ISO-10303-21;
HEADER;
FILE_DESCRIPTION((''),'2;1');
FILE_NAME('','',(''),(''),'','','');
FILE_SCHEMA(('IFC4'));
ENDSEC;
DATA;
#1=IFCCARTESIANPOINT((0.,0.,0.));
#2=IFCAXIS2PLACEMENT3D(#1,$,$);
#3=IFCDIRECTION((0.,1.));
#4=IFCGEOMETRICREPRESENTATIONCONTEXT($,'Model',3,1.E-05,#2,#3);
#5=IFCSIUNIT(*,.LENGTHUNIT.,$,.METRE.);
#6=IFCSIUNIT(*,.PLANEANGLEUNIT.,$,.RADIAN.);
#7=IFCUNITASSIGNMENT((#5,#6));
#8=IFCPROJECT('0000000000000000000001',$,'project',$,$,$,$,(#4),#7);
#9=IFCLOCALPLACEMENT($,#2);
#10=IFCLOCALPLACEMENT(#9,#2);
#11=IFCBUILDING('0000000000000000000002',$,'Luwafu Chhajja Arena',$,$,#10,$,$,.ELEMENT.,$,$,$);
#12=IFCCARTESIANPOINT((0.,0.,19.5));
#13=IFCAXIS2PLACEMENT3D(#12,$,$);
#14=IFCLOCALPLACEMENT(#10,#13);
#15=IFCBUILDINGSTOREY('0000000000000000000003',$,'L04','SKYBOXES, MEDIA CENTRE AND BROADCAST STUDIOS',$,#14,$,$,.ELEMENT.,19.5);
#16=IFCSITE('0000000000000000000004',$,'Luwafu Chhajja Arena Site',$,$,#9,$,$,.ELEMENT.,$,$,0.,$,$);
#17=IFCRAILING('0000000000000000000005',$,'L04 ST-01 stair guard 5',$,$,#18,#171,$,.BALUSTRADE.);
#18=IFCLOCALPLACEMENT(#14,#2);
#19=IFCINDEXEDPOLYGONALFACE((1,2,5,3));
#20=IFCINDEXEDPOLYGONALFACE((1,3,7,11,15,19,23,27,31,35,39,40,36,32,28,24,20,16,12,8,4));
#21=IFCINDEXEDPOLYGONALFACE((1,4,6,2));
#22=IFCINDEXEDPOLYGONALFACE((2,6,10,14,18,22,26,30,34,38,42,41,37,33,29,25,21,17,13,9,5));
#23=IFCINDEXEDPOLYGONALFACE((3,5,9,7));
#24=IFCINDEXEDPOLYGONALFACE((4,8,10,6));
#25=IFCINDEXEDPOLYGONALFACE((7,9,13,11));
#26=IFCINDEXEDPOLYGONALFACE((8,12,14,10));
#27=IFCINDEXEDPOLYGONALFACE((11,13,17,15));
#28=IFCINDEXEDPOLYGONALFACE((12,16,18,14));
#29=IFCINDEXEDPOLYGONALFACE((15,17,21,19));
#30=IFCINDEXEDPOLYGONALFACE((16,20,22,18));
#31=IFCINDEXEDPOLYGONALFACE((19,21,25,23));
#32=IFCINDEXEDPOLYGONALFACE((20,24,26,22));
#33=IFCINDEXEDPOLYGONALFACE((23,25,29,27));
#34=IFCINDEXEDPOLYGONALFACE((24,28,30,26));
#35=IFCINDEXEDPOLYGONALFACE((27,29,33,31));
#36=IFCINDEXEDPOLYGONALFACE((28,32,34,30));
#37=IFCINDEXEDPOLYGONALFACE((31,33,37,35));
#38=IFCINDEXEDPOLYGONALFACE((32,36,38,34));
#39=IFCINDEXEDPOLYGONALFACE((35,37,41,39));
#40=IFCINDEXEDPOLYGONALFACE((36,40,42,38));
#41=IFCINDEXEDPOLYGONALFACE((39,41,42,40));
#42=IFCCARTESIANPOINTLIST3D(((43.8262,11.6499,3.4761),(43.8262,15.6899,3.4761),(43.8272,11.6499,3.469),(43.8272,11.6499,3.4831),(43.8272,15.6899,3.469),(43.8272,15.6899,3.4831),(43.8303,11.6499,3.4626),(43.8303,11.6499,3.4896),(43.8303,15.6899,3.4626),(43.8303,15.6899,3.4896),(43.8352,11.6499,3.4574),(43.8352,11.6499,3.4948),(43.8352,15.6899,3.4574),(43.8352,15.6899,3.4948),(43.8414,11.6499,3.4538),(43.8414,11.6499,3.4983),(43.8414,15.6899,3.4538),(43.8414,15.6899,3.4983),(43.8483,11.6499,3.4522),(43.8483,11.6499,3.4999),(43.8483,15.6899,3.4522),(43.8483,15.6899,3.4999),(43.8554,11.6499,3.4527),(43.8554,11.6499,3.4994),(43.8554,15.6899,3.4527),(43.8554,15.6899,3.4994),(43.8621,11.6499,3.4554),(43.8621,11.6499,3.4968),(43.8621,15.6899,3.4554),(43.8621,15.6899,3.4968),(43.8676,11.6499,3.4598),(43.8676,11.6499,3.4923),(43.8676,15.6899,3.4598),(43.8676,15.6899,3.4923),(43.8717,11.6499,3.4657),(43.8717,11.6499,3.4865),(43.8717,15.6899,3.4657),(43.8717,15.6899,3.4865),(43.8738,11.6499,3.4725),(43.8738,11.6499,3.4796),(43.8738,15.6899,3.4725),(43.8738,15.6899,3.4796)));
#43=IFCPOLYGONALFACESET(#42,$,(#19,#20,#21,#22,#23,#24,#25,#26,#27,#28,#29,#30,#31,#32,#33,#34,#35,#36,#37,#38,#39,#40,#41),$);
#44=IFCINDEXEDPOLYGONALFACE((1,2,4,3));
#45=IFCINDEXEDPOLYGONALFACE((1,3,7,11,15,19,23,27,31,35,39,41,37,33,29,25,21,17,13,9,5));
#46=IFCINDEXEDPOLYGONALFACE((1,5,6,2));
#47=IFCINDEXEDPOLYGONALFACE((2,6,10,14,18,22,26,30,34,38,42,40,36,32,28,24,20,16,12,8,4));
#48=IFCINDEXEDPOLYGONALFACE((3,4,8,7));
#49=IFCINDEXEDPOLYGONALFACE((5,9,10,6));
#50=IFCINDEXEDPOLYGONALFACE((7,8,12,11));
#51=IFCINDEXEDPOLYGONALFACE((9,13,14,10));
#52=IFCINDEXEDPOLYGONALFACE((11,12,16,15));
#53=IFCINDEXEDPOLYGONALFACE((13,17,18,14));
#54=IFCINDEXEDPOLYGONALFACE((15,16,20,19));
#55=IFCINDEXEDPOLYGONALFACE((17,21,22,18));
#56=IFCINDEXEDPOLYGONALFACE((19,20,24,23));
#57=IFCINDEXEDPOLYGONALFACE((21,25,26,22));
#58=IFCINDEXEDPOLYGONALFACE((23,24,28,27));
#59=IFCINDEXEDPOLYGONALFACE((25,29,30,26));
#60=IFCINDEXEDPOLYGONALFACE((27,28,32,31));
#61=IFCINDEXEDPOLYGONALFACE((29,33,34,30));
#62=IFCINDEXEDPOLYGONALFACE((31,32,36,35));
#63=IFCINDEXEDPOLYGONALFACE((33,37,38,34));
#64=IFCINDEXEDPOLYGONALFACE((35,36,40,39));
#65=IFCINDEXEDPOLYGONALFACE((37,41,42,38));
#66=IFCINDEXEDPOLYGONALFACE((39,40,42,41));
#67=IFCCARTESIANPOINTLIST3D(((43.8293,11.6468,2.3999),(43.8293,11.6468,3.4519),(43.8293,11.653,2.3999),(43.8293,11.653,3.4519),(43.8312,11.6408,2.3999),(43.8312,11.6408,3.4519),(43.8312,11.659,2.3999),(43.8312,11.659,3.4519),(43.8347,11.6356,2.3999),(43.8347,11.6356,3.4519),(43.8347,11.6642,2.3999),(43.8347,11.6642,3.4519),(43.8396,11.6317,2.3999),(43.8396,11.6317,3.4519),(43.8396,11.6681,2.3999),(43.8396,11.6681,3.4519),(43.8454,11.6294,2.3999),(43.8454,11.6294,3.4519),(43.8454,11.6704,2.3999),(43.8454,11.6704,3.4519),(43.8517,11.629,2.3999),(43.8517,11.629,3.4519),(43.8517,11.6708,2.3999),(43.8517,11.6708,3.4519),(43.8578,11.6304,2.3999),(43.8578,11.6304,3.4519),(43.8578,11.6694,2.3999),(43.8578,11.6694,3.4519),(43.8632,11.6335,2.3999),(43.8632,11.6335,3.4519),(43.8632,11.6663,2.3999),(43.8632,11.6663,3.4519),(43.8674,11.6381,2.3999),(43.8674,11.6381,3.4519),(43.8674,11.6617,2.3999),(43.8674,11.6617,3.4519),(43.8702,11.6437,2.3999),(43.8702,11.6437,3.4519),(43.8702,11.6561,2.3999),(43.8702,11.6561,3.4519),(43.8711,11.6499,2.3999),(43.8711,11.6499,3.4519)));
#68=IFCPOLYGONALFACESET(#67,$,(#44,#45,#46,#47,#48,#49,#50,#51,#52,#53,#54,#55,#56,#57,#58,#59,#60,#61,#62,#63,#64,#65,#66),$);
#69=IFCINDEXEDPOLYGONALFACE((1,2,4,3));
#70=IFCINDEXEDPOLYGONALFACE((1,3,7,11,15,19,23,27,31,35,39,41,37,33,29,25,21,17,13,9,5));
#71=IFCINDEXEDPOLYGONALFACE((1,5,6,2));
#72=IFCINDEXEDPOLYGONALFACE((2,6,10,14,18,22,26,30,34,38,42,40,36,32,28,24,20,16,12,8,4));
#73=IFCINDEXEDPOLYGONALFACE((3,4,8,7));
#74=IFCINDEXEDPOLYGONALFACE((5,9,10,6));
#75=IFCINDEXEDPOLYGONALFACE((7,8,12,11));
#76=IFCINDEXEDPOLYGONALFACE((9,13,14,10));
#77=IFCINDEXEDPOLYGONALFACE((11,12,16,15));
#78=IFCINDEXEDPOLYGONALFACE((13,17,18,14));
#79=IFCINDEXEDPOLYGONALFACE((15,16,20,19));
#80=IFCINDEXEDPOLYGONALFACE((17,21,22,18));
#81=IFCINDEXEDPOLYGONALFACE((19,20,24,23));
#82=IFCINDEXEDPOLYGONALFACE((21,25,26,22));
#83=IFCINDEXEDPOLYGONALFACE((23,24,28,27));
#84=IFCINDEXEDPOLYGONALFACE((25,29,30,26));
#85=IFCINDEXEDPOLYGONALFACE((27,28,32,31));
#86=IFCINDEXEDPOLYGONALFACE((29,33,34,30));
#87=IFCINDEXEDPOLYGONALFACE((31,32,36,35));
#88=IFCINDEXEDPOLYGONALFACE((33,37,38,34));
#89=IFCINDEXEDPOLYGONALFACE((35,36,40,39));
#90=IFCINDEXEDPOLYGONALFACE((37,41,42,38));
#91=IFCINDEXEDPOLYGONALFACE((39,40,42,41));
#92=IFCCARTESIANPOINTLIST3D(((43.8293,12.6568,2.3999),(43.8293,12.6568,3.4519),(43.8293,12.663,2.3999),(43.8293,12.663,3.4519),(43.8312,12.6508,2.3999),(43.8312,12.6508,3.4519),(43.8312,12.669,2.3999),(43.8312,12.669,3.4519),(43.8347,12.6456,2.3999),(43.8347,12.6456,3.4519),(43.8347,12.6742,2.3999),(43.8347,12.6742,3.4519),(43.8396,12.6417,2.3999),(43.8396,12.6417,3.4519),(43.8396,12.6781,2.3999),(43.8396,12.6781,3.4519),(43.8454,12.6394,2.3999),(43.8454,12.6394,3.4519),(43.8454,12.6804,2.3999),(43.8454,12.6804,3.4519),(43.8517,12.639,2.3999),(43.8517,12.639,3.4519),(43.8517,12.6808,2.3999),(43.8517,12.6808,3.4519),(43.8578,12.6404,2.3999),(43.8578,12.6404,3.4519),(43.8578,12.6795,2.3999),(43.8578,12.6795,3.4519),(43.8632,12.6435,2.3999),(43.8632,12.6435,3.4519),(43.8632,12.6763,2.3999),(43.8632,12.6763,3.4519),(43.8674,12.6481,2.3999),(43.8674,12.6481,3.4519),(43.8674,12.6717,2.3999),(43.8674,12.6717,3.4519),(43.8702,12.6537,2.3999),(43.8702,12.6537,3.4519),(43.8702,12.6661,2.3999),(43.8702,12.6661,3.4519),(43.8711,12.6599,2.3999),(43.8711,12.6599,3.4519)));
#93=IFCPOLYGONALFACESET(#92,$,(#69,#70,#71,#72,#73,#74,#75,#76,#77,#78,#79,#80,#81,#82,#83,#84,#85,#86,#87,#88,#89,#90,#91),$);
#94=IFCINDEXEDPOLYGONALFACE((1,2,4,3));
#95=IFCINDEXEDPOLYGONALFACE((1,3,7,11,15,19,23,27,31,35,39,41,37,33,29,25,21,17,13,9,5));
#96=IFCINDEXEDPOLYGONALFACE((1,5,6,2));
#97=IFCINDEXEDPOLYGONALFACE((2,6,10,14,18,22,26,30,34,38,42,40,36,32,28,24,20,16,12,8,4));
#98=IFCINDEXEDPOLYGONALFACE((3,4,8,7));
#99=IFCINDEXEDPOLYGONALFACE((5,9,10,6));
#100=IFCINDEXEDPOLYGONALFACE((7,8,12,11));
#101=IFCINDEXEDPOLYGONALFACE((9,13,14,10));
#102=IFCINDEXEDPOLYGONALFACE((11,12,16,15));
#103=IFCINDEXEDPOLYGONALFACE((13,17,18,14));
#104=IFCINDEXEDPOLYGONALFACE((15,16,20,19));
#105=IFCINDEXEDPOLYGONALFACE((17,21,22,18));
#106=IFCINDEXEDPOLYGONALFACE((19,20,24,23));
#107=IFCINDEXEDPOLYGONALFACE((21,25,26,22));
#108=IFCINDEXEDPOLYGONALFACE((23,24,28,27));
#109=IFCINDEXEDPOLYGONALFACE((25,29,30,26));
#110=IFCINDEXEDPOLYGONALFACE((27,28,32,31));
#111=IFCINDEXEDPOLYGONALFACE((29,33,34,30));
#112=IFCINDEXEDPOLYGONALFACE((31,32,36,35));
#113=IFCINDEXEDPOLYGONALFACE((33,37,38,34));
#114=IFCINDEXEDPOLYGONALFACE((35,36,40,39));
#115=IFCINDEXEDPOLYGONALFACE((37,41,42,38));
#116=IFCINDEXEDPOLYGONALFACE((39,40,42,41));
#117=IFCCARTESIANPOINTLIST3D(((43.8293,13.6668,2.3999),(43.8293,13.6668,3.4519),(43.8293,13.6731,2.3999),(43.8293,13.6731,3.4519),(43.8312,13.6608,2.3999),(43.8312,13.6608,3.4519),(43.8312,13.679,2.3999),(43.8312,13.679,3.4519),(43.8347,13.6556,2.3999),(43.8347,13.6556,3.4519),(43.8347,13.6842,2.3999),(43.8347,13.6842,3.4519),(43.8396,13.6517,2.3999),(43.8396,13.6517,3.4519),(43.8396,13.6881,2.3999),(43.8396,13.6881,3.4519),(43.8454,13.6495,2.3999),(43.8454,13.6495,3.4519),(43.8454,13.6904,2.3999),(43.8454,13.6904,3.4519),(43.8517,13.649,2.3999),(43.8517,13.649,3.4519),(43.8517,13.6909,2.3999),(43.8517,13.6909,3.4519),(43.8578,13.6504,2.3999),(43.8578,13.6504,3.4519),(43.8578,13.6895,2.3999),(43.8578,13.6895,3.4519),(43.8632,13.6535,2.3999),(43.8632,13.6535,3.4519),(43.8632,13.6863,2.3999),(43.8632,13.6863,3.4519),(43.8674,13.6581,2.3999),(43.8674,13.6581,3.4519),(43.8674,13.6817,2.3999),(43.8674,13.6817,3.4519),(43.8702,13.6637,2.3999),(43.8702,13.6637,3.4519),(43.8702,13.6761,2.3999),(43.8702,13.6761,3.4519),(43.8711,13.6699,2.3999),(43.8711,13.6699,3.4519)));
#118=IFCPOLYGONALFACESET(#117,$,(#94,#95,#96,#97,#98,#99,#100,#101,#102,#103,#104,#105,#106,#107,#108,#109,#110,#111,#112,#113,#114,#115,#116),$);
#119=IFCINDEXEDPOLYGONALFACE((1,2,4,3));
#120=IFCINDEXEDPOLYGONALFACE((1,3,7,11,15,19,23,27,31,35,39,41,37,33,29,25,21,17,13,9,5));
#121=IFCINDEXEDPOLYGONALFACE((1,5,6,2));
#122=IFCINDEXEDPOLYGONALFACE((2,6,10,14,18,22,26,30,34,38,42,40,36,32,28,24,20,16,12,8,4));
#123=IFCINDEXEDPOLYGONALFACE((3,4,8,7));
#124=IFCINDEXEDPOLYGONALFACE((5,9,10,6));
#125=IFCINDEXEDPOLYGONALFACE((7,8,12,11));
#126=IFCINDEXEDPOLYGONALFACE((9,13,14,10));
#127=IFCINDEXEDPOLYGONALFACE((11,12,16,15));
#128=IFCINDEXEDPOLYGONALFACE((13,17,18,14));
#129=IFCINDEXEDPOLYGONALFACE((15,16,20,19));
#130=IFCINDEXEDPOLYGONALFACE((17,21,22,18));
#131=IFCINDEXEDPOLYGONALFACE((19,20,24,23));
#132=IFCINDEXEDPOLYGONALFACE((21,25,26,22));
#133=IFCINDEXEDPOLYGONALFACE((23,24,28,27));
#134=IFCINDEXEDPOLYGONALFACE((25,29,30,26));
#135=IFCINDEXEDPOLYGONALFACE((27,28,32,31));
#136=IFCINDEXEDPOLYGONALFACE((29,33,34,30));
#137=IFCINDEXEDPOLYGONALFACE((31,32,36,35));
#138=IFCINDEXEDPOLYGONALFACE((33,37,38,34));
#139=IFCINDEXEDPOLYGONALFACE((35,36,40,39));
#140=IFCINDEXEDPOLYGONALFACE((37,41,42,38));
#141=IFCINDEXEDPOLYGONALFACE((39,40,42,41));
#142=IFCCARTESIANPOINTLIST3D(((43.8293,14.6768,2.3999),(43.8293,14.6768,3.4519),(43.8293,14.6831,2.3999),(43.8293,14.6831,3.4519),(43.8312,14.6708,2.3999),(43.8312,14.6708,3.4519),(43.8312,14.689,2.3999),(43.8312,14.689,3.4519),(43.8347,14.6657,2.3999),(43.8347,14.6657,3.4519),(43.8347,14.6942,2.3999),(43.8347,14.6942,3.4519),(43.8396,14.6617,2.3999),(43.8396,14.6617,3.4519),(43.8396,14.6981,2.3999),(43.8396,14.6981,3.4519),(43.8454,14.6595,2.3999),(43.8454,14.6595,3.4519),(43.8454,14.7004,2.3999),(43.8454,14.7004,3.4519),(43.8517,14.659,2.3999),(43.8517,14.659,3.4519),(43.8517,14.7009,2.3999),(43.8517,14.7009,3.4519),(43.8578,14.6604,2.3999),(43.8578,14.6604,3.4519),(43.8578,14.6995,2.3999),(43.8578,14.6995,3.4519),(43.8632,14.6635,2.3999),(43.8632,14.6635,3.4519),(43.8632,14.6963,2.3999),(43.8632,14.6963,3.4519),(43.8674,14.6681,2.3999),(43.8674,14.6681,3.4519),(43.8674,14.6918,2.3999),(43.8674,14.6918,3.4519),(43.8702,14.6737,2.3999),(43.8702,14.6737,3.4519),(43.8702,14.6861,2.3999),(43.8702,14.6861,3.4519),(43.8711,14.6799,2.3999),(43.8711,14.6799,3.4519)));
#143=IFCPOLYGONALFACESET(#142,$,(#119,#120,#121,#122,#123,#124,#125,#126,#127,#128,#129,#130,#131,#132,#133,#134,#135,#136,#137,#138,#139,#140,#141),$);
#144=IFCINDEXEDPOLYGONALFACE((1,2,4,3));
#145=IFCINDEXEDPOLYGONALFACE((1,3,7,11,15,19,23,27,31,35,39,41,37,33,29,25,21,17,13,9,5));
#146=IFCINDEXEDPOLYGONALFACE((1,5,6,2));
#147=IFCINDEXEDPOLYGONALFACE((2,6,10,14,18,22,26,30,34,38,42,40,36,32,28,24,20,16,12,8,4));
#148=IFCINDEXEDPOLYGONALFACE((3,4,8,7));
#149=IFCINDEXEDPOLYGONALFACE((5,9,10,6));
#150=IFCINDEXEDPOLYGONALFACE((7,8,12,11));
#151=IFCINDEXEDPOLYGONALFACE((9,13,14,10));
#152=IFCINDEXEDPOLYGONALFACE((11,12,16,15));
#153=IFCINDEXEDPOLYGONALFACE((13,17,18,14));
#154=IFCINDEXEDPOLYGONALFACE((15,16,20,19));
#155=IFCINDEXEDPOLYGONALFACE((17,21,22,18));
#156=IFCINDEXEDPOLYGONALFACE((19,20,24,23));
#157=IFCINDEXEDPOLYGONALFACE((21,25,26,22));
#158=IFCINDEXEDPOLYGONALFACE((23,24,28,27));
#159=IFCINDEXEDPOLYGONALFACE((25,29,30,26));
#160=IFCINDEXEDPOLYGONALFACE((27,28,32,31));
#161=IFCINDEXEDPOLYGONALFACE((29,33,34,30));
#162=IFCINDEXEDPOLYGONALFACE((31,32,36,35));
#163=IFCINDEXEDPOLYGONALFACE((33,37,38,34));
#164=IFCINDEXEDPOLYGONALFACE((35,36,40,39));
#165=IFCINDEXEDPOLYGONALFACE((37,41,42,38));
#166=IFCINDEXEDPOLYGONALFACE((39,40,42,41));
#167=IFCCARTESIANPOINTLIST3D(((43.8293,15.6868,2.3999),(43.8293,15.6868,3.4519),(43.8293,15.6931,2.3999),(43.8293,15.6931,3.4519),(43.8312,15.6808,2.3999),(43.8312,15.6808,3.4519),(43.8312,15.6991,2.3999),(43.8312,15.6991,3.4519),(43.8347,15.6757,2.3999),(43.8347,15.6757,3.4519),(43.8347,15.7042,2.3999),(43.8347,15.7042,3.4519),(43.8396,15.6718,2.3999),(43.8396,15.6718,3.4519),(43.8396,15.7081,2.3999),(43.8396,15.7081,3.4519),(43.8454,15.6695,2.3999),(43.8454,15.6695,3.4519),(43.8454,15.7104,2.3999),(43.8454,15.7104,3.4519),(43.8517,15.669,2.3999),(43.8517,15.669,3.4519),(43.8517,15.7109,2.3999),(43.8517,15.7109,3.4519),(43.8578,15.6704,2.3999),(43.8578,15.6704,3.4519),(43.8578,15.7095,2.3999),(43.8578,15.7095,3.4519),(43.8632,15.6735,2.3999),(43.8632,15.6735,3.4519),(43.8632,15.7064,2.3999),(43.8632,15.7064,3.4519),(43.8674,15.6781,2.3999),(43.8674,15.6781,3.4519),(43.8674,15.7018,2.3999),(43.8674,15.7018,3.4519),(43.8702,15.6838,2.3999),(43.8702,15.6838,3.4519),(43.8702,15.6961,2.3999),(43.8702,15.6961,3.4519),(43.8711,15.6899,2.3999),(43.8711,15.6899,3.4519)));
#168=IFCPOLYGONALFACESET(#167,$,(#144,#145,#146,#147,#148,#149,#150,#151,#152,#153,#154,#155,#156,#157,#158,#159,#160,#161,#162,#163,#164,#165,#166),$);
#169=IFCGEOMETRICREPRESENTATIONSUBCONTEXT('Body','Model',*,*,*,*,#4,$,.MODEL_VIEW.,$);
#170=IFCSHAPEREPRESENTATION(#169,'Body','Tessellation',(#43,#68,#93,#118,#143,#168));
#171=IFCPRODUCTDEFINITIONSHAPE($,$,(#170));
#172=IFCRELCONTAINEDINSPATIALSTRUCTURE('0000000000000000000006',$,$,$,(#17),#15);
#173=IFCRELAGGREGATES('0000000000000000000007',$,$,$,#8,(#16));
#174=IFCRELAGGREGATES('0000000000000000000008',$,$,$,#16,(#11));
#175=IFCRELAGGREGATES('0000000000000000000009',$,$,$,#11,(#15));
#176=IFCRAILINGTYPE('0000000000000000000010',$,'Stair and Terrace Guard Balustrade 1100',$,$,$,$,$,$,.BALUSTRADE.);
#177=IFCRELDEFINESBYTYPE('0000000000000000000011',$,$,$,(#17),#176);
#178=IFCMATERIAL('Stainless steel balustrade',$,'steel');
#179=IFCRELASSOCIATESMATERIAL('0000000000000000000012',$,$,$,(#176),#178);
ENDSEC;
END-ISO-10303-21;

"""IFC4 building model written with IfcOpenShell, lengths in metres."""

from ifc_helpers import new_model, si_unit, direction, frame, origin, origin_2d, place, context, subcontext, project, spatial, circle, extrude, material, type_object, element, save


model = new_model("IFC4")

# Units and contexts
model_context = context("Model", 3, precision=1e-05, world=origin(), true_north=direction((0.0, 1.0)))
body_context = subcontext(model_context, "Body", "Model", "MODEL_VIEW")
ifc_project = project(units=[si_unit("LENGTHUNIT", "METRE"), si_unit("PLANEANGLEUNIT", "RADIAN")], contexts=[model_context])

# Site, building, storey
site_placement = place(None, origin())
site = spatial("IfcSite", under=ifc_project, at=site_placement, Name="Luwafu Chhajja Arena Site", CompositionType="ELEMENT", RefElevation=0.0)
building_placement = place(site_placement, origin())
building = spatial("IfcBuilding", under=site, at=building_placement, Name="Luwafu Chhajja Arena", CompositionType="ELEMENT")
storey_placement = place(building_placement, frame((0.0, 0.0, 19.5)))
storey = spatial("IfcBuildingStorey", under=building, at=storey_placement, Name="L04", Description="SKYBOXES, MEDIA CENTRE AND BROADCAST STUDIOS", CompositionType="ELEMENT", Elevation=19.5)

# Railing
ifc_material_1 = material(Name="Stainless steel balustrade", Category="steel")
railing_type_1 = type_object("IfcRailingType", Name="Stair and Terrace Guard Balustrade 1100", PredefinedType="BALUSTRADE", material=ifc_material_1)
railing_1_placement = place(storey_placement, frame((43.8501, 11.6499, 2.3999)))
element("IfcRailing", 1, at=railing_1_placement, inside=storey, type_object=railing_type_1, Name="L04 ST-01 stair guard 5", PredefinedType="BALUSTRADE", context=body_context, shape_type="SweptSolid", body=[
    extrude(circle(Radius=0.0239, at=origin_2d()), frame((0.0, 0.0, 1.0762), z_axis=(0.0, 1.0, 0.0), x_axis=(-1.0, 0.0, 0.0)), (0.0, 0.0, 1.0), 4.04),
    extrude(circle(Radius=0.021, at=origin_2d()), origin(), (0.0, 0.0, 1.0), 1.052),
    extrude(circle(Radius=0.021, at=origin_2d()), frame((0.0, 1.01, 0.0)), (0.0, 0.0, 1.0), 1.052),
    extrude(circle(Radius=0.021, at=origin_2d()), frame((0.0, 2.02, 0.0)), (0.0, 0.0, 1.0), 1.052),
    extrude(circle(Radius=0.021, at=origin_2d()), frame((0.0, 3.03, 0.0)), (0.0, 0.0, 1.0), 1.052),
    extrude(circle(Radius=0.021, at=origin_2d()), frame((0.0, 4.04, 0.0)), (0.0, 0.0, 1.0), 1.052),
])

save(model, "model.ifc")
